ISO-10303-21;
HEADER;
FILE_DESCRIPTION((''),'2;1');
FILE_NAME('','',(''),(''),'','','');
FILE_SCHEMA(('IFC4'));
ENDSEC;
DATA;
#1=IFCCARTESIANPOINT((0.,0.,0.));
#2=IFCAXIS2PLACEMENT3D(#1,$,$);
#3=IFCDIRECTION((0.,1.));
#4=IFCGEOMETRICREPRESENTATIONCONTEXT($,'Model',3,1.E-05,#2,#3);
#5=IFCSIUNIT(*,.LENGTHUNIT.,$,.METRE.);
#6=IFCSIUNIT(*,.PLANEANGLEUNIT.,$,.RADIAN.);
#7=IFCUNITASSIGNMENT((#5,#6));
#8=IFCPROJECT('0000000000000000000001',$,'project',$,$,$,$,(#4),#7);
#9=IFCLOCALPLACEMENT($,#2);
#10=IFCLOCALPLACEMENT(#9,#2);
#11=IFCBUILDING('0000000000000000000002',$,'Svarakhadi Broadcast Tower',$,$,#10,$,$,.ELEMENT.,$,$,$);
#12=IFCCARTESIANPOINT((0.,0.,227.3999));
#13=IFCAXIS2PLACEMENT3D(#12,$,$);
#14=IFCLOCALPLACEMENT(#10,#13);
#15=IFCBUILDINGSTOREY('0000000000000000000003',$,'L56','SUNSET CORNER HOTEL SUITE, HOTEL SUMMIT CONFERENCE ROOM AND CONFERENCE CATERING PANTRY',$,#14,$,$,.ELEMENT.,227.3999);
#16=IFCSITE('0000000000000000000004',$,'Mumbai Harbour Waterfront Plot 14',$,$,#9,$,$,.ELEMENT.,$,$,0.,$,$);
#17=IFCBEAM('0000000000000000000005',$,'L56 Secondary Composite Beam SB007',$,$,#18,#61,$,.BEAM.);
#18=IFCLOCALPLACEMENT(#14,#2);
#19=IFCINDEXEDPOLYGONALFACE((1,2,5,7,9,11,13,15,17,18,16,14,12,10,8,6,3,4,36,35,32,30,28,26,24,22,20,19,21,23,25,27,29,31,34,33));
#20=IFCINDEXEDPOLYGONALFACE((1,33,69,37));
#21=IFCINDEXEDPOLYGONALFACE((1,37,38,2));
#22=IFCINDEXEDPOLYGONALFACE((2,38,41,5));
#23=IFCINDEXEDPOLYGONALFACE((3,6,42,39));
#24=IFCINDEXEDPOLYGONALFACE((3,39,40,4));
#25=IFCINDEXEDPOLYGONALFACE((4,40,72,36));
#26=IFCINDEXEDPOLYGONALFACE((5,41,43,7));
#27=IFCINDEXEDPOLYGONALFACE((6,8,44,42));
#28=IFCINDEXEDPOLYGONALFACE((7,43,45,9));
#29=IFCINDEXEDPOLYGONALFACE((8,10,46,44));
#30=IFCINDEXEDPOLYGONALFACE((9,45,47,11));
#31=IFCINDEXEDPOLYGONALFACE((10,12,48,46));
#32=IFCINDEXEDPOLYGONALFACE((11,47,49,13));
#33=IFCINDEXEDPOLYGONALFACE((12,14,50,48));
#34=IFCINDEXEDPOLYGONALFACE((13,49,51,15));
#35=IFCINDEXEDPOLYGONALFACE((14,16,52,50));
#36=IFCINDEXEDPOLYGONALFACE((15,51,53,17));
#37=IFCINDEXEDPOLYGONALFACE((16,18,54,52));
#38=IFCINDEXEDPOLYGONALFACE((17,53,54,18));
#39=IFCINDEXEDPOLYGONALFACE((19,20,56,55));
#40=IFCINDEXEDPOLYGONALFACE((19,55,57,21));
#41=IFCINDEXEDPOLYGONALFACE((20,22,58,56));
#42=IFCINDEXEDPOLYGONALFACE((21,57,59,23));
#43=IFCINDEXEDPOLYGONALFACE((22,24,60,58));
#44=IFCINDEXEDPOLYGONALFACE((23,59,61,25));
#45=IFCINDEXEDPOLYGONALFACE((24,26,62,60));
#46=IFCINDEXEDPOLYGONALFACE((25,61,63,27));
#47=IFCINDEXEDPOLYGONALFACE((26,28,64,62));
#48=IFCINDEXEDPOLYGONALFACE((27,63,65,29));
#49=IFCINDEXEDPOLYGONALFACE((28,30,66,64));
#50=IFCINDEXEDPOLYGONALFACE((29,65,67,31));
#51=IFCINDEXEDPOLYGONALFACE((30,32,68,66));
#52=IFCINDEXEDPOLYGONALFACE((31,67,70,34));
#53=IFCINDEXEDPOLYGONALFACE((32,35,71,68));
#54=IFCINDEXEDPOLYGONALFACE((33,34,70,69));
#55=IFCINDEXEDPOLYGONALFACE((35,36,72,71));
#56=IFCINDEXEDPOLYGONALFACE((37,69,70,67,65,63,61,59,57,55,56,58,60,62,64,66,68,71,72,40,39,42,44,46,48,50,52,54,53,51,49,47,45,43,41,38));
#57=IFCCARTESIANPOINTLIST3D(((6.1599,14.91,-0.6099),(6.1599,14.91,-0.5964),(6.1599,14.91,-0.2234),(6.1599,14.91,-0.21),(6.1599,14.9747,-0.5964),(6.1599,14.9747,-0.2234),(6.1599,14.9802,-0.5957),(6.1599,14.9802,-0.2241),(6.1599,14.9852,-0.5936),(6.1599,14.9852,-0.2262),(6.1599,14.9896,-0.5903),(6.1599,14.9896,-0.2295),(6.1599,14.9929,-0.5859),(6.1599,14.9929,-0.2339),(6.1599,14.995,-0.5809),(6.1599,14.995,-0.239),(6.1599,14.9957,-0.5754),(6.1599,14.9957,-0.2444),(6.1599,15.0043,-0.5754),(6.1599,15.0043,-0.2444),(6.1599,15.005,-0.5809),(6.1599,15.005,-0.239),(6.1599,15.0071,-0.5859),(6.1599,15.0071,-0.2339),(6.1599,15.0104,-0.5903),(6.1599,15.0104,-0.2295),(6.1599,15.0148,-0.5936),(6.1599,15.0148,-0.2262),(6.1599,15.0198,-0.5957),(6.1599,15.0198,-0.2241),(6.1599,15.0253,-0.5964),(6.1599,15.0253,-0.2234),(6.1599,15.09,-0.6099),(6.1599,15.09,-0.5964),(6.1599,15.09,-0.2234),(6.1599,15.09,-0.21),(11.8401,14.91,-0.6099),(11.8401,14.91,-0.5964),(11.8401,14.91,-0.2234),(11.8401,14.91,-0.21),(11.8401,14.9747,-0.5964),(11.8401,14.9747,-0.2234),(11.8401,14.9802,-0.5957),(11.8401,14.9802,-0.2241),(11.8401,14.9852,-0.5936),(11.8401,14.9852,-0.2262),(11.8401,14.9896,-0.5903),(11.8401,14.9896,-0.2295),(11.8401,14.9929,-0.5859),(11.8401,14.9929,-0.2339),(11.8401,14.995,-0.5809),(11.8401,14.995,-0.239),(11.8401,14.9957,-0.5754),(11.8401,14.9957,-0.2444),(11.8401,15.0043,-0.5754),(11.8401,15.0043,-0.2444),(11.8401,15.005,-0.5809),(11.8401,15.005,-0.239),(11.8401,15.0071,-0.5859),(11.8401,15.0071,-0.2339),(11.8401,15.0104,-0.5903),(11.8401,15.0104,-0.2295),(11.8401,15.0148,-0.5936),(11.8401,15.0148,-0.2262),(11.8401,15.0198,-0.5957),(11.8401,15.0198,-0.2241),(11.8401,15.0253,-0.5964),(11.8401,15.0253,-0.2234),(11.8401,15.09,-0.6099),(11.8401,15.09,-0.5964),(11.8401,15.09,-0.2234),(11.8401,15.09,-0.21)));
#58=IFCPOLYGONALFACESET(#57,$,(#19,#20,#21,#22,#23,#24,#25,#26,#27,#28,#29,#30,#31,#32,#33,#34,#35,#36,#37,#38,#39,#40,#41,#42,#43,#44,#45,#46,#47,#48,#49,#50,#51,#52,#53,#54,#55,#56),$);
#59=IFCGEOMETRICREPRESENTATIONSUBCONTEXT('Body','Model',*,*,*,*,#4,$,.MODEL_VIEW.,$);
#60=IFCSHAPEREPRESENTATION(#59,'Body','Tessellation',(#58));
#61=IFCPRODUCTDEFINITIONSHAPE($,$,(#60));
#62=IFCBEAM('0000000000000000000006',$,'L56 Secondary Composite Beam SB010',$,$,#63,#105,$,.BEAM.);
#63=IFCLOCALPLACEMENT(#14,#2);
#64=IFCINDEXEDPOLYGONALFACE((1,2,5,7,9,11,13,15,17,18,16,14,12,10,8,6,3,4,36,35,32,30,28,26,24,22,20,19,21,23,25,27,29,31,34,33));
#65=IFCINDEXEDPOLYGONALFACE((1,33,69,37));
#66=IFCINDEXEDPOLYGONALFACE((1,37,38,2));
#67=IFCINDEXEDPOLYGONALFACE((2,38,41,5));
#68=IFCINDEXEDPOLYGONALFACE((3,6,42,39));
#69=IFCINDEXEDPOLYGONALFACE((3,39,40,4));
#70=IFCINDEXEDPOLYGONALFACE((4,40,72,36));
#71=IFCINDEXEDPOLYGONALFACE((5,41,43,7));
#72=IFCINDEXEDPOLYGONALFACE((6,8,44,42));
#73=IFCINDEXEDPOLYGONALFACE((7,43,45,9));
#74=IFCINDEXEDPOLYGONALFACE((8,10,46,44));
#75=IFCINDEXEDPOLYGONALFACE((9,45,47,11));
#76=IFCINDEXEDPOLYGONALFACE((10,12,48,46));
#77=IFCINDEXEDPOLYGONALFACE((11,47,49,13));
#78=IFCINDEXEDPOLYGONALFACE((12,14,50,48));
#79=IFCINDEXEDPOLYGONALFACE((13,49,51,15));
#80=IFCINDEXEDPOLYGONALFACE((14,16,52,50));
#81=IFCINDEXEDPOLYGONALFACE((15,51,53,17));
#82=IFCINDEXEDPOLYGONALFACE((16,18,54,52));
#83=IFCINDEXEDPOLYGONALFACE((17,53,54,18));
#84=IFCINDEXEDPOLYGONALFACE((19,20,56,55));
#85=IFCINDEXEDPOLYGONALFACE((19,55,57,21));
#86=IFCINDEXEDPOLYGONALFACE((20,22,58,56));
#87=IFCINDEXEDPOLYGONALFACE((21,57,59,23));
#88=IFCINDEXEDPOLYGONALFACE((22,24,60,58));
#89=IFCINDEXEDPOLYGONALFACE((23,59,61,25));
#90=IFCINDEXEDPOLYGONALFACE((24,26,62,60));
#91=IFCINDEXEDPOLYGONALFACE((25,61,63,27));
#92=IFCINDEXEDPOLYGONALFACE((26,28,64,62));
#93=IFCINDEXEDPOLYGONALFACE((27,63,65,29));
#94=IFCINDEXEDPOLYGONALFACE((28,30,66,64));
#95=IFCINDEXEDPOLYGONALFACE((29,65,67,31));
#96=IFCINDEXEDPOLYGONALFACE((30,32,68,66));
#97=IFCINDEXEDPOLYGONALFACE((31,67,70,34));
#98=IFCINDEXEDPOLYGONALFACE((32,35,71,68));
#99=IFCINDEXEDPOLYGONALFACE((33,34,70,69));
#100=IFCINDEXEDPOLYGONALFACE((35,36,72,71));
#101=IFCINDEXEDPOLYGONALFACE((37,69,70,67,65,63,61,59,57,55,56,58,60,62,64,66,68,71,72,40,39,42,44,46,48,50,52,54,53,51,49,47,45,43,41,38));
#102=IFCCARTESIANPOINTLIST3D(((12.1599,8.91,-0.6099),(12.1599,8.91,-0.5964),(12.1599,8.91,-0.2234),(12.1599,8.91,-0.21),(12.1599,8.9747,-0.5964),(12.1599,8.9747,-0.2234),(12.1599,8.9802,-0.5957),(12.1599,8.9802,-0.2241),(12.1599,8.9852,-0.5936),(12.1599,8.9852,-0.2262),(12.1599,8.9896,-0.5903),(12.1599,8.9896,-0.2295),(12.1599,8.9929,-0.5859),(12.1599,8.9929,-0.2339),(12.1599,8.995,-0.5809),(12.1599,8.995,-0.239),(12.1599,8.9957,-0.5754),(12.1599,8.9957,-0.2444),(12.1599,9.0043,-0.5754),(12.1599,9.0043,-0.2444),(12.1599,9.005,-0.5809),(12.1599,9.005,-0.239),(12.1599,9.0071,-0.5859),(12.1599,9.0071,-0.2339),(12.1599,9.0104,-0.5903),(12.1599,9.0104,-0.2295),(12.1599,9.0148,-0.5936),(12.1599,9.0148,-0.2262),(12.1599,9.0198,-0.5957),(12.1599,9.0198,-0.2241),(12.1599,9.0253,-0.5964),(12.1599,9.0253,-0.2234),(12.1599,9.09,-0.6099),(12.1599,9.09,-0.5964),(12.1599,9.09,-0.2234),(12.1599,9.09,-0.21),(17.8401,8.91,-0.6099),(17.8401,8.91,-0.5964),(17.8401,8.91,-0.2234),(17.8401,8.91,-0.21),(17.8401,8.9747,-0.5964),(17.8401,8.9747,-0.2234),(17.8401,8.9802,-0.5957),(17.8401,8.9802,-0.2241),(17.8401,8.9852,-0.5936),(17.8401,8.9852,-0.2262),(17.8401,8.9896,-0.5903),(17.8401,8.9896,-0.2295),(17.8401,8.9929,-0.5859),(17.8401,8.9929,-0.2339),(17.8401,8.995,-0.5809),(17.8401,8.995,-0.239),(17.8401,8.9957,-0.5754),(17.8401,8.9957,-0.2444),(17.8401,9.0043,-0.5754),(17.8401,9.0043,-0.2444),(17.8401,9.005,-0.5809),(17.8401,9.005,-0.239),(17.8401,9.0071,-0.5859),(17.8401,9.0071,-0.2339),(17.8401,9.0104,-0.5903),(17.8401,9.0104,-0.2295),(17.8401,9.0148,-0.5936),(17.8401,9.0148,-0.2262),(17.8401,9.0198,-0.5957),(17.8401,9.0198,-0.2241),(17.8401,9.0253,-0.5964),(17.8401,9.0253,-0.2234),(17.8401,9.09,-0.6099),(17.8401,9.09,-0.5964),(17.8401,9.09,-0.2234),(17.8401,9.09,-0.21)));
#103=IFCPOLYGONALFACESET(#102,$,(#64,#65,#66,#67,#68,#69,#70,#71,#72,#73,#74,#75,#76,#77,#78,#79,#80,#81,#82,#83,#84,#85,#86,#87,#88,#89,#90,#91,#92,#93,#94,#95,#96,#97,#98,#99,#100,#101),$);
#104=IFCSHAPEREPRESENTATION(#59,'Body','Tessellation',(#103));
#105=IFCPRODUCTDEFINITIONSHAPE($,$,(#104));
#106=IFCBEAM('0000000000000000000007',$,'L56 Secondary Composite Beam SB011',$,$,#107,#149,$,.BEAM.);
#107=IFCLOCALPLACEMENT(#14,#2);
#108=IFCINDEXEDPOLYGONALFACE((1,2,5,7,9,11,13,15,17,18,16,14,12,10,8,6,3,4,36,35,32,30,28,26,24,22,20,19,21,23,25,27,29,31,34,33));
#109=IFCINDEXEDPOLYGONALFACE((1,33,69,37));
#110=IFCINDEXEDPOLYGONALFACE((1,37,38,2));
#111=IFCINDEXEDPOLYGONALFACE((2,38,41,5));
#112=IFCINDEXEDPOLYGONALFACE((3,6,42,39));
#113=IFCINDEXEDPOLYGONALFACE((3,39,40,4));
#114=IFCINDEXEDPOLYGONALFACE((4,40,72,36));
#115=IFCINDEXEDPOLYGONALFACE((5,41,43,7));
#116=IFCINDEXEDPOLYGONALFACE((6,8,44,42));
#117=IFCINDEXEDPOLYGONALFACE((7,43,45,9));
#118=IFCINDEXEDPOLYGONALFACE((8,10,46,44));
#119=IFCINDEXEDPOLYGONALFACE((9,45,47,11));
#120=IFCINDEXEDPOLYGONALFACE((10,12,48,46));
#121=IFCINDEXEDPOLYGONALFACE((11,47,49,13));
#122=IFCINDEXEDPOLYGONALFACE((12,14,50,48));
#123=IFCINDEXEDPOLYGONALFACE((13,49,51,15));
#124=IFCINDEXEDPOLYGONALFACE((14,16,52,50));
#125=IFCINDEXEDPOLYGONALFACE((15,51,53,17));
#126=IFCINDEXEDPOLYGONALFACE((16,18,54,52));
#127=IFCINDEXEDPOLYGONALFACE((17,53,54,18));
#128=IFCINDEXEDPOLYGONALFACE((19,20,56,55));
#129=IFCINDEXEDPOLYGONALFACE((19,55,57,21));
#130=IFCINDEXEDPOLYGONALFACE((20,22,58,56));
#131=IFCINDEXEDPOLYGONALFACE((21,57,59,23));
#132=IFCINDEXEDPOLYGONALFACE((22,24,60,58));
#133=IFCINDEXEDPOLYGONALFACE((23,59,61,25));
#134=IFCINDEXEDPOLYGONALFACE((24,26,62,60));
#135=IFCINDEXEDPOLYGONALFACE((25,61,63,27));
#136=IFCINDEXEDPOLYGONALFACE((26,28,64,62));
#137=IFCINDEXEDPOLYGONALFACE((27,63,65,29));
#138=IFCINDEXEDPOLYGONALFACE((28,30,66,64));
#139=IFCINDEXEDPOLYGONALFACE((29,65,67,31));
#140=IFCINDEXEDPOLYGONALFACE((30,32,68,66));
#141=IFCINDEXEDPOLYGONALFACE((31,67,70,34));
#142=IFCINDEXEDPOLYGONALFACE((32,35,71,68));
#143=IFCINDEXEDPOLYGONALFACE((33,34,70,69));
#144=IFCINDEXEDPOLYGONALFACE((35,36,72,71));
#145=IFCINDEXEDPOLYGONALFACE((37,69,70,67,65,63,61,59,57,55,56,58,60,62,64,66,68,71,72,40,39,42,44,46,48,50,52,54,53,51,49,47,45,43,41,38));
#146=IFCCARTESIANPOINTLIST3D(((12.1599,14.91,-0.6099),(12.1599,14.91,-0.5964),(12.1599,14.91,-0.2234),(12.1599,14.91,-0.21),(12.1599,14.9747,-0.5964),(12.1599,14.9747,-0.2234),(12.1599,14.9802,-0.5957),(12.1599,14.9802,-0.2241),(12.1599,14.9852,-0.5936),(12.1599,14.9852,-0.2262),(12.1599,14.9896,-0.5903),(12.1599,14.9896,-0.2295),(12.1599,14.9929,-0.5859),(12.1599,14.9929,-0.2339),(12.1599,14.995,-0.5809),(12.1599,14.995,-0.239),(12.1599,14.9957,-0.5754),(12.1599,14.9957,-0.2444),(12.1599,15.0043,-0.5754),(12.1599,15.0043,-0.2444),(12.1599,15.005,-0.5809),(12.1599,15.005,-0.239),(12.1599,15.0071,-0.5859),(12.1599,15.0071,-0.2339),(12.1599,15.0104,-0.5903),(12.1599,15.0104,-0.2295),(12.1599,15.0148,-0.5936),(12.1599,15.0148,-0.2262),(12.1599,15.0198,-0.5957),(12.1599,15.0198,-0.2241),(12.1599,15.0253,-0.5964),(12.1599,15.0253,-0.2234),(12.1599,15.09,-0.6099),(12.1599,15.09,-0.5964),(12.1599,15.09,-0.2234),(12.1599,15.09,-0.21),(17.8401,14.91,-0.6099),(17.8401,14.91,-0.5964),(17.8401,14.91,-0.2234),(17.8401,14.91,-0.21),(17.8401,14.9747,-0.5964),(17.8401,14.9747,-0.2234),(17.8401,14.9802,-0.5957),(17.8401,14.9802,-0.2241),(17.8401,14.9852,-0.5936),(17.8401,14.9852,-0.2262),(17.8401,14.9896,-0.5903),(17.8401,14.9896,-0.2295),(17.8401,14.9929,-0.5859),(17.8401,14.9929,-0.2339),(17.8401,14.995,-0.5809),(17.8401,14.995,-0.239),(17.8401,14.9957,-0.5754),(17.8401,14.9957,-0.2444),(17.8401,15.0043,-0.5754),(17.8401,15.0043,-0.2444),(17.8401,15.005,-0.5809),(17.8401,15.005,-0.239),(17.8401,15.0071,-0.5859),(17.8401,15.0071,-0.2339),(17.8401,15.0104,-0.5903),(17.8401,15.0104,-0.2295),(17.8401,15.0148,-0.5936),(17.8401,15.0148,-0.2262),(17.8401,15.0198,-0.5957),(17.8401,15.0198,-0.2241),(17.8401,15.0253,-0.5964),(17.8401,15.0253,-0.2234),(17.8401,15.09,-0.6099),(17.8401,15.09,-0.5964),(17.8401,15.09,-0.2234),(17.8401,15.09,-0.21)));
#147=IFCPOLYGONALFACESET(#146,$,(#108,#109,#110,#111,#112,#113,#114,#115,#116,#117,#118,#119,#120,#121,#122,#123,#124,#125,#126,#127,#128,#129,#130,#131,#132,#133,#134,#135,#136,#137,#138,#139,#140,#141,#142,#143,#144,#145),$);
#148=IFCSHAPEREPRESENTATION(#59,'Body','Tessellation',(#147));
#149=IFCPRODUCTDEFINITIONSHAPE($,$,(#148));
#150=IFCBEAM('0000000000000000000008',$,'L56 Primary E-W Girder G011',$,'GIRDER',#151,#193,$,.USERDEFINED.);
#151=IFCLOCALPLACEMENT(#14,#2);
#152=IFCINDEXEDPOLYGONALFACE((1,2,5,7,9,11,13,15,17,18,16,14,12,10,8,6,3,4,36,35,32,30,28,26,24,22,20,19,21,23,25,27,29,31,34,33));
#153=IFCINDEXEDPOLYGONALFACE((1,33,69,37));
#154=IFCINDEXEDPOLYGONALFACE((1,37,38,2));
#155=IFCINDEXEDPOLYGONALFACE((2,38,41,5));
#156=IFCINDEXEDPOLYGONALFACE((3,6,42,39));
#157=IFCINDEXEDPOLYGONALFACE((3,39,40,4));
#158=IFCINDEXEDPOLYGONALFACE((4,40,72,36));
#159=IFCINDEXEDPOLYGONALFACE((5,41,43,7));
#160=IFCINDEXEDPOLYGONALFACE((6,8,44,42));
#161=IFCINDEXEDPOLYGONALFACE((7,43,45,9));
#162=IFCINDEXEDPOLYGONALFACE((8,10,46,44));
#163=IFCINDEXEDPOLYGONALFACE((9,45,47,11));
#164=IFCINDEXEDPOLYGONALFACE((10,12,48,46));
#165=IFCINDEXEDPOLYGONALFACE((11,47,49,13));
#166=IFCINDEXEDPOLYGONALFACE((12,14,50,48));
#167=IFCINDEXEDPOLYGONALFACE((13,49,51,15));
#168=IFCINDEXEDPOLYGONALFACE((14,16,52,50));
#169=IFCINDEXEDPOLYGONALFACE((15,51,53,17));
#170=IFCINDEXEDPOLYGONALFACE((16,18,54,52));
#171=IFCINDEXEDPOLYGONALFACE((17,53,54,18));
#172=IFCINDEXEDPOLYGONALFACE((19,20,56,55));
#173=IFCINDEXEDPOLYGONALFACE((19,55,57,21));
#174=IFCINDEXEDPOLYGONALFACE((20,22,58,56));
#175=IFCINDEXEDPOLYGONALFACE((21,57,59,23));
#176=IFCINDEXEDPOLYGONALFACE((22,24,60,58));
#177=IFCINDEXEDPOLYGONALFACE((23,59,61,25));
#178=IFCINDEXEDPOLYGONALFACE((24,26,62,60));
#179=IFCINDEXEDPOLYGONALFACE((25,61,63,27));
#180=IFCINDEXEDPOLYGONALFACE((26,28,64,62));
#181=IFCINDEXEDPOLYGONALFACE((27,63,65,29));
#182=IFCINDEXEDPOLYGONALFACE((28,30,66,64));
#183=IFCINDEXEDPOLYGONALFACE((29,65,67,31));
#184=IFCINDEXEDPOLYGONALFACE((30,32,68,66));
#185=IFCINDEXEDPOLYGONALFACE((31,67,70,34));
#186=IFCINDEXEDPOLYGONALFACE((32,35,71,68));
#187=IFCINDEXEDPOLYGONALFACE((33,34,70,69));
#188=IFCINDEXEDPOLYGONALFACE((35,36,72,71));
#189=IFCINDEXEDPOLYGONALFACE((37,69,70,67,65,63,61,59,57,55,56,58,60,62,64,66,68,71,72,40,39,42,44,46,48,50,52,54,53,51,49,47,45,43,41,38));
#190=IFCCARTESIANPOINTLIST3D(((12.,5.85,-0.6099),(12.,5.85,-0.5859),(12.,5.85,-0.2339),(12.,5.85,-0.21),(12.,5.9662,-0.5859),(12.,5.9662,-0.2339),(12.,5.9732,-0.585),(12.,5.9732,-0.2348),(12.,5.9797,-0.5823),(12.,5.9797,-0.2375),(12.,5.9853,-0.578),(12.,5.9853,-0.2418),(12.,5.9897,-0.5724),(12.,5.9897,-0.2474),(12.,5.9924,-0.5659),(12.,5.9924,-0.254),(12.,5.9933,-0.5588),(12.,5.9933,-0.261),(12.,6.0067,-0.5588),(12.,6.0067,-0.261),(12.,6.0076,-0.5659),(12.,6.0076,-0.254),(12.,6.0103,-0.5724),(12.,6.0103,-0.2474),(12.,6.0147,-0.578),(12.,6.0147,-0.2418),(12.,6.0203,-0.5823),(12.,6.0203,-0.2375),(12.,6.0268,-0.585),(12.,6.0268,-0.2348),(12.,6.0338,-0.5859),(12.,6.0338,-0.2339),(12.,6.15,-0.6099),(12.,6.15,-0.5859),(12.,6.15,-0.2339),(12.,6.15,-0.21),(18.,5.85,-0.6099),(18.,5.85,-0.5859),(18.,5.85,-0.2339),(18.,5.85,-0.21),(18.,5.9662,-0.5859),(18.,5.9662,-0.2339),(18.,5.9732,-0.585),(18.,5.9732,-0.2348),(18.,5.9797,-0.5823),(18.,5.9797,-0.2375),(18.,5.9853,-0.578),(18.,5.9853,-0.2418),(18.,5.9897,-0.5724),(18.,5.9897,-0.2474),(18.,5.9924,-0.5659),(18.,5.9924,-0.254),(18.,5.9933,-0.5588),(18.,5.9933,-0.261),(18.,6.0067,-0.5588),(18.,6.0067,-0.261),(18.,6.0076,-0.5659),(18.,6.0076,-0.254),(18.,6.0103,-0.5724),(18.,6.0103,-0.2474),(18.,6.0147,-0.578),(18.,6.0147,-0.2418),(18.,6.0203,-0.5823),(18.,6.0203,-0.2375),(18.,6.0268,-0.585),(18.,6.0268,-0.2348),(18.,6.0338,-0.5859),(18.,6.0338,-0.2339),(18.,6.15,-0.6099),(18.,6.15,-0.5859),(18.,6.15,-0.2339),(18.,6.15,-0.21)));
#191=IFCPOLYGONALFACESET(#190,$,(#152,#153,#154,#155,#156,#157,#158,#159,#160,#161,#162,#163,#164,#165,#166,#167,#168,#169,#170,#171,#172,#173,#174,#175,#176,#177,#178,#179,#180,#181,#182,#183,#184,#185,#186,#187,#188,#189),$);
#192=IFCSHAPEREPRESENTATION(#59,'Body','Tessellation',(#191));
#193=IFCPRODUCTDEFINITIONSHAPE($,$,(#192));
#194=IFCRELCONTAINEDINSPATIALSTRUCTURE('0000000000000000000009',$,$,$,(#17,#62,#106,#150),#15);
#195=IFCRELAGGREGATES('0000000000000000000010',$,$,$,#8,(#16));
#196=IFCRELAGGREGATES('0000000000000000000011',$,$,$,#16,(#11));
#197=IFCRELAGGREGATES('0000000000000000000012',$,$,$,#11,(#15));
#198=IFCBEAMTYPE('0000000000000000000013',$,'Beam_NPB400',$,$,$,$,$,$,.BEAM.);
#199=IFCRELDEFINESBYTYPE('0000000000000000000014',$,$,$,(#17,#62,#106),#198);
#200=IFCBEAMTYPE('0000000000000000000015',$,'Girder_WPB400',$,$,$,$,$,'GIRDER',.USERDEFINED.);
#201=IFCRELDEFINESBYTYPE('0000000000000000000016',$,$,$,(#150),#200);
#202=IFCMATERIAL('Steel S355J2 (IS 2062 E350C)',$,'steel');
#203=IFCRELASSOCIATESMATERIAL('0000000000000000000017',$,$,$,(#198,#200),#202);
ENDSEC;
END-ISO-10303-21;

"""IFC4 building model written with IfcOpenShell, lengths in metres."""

from ifc_helpers import new_model, si_unit, direction, frame, origin, origin_2d, place, context, subcontext, project, spatial, i_section, extrude, material, material_profile, profile_set, type_object, element, save


model = new_model("IFC4")

# Units and contexts
model_context = context("Model", 3, precision=1e-05, world=origin(), true_north=direction((0.0, 1.0)))
body_context = subcontext(model_context, "Body", "Model", "MODEL_VIEW")
ifc_project = project(units=[si_unit("LENGTHUNIT", "METRE"), si_unit("PLANEANGLEUNIT", "RADIAN")], contexts=[model_context])

# Site, building, storey
site_placement = place(None, origin())
site = spatial("IfcSite", under=ifc_project, at=site_placement, Name="Mumbai Harbour Waterfront Plot 14", CompositionType="ELEMENT", RefElevation=0.0)
building_placement = place(site_placement, origin())
building = spatial("IfcBuilding", under=site, at=building_placement, Name="Svarakhadi Broadcast Tower", CompositionType="ELEMENT")
storey_placement = place(building_placement, frame((0.0, 0.0, 227.3999)))
storey = spatial("IfcBuildingStorey", under=building, at=storey_placement, Name="L56", Description="SUNSET CORNER HOTEL SUITE, HOTEL SUMMIT CONFERENCE ROOM AND CONFERENCE CATERING PANTRY", CompositionType="ELEMENT", Elevation=227.3999)

# Beams
ifc_material_1 = material(Name="Steel S355J2 (IS 2062 E350C)", Category="steel")
ifc_material_profile_1 = material_profile(ifc_material_1, i_section(OverallWidth=0.1799, OverallDepth=0.3999, WebThickness=0.0085, FlangeThickness=0.0134, FilletRadius=0.021, at=origin_2d()), Name="NPB 400x180x66")
ifc_profile_set_1 = profile_set([ifc_material_profile_1], Name="Steel S355J2 (IS 2062 E350C)")
beam_type_1 = type_object("IfcBeamType", Name="Beam_NPB400", PredefinedType="BEAM", material=ifc_profile_set_1)
for number, where, z_axis, x_axis, name in (
    (1, (6.1599, 15.0, -0.4099), (1.0, 0.0, 0.0), (0.0, 1.0, 0.0), "L56 Secondary Composite Beam SB007"),
    (2, (12.1599, 9.0, -0.4099), (1.0, 0.0, 0.0), (0.0, 1.0, 0.0), "L56 Secondary Composite Beam SB010"),
    (3, (12.1599, 15.0, -0.4099), (1.0, 0.0, 0.0), (0.0, 1.0, 0.0), "L56 Secondary Composite Beam SB011"),
):
    element("IfcBeam", number, at=place(storey_placement, frame(where, z_axis=z_axis, x_axis=x_axis)), inside=storey, type_object=beam_type_1, Name=name, PredefinedType="BEAM", context=body_context, shape_type="SweptSolid", body=[
        extrude(i_section(OverallWidth=0.1799, OverallDepth=0.3999, WebThickness=0.0085, FlangeThickness=0.0134, FilletRadius=0.021, at=origin_2d()), origin(), (0.0, 0.0, 1.0), 5.6802),
    ])
ifc_material_profile_2 = material_profile(ifc_material_1, i_section(OverallWidth=0.3, OverallDepth=0.3999, WebThickness=0.0134, FlangeThickness=0.0239, FilletRadius=0.0271, at=origin_2d()), Name="WPB 400x300x155")
ifc_profile_set_2 = profile_set([ifc_material_profile_2], Name="Steel S355J2 (IS 2062 E350C)")
beam_type_2 = type_object("IfcBeamType", Name="Girder_WPB400", ElementType="GIRDER", PredefinedType="USERDEFINED", material=ifc_profile_set_2)
for number, where, z_axis, x_axis, name in (
    (4, (12.0, 6.0, -0.4099), (1.0, 0.0, 0.0), (0.0, 1.0, 0.0), "L56 Primary E-W Girder G011"),
):
    element("IfcBeam", number, at=place(storey_placement, frame(where, z_axis=z_axis, x_axis=x_axis)), inside=storey, type_object=beam_type_2, Name=name, ObjectType="GIRDER", PredefinedType="USERDEFINED", context=body_context, shape_type="SweptSolid", body=[
        extrude(i_section(OverallWidth=0.3, OverallDepth=0.3999, WebThickness=0.0134, FlangeThickness=0.0239, FilletRadius=0.0271, at=origin_2d()), origin(), (0.0, 0.0, 1.0), 6.0),
    ])

save(model, "model.ifc")
